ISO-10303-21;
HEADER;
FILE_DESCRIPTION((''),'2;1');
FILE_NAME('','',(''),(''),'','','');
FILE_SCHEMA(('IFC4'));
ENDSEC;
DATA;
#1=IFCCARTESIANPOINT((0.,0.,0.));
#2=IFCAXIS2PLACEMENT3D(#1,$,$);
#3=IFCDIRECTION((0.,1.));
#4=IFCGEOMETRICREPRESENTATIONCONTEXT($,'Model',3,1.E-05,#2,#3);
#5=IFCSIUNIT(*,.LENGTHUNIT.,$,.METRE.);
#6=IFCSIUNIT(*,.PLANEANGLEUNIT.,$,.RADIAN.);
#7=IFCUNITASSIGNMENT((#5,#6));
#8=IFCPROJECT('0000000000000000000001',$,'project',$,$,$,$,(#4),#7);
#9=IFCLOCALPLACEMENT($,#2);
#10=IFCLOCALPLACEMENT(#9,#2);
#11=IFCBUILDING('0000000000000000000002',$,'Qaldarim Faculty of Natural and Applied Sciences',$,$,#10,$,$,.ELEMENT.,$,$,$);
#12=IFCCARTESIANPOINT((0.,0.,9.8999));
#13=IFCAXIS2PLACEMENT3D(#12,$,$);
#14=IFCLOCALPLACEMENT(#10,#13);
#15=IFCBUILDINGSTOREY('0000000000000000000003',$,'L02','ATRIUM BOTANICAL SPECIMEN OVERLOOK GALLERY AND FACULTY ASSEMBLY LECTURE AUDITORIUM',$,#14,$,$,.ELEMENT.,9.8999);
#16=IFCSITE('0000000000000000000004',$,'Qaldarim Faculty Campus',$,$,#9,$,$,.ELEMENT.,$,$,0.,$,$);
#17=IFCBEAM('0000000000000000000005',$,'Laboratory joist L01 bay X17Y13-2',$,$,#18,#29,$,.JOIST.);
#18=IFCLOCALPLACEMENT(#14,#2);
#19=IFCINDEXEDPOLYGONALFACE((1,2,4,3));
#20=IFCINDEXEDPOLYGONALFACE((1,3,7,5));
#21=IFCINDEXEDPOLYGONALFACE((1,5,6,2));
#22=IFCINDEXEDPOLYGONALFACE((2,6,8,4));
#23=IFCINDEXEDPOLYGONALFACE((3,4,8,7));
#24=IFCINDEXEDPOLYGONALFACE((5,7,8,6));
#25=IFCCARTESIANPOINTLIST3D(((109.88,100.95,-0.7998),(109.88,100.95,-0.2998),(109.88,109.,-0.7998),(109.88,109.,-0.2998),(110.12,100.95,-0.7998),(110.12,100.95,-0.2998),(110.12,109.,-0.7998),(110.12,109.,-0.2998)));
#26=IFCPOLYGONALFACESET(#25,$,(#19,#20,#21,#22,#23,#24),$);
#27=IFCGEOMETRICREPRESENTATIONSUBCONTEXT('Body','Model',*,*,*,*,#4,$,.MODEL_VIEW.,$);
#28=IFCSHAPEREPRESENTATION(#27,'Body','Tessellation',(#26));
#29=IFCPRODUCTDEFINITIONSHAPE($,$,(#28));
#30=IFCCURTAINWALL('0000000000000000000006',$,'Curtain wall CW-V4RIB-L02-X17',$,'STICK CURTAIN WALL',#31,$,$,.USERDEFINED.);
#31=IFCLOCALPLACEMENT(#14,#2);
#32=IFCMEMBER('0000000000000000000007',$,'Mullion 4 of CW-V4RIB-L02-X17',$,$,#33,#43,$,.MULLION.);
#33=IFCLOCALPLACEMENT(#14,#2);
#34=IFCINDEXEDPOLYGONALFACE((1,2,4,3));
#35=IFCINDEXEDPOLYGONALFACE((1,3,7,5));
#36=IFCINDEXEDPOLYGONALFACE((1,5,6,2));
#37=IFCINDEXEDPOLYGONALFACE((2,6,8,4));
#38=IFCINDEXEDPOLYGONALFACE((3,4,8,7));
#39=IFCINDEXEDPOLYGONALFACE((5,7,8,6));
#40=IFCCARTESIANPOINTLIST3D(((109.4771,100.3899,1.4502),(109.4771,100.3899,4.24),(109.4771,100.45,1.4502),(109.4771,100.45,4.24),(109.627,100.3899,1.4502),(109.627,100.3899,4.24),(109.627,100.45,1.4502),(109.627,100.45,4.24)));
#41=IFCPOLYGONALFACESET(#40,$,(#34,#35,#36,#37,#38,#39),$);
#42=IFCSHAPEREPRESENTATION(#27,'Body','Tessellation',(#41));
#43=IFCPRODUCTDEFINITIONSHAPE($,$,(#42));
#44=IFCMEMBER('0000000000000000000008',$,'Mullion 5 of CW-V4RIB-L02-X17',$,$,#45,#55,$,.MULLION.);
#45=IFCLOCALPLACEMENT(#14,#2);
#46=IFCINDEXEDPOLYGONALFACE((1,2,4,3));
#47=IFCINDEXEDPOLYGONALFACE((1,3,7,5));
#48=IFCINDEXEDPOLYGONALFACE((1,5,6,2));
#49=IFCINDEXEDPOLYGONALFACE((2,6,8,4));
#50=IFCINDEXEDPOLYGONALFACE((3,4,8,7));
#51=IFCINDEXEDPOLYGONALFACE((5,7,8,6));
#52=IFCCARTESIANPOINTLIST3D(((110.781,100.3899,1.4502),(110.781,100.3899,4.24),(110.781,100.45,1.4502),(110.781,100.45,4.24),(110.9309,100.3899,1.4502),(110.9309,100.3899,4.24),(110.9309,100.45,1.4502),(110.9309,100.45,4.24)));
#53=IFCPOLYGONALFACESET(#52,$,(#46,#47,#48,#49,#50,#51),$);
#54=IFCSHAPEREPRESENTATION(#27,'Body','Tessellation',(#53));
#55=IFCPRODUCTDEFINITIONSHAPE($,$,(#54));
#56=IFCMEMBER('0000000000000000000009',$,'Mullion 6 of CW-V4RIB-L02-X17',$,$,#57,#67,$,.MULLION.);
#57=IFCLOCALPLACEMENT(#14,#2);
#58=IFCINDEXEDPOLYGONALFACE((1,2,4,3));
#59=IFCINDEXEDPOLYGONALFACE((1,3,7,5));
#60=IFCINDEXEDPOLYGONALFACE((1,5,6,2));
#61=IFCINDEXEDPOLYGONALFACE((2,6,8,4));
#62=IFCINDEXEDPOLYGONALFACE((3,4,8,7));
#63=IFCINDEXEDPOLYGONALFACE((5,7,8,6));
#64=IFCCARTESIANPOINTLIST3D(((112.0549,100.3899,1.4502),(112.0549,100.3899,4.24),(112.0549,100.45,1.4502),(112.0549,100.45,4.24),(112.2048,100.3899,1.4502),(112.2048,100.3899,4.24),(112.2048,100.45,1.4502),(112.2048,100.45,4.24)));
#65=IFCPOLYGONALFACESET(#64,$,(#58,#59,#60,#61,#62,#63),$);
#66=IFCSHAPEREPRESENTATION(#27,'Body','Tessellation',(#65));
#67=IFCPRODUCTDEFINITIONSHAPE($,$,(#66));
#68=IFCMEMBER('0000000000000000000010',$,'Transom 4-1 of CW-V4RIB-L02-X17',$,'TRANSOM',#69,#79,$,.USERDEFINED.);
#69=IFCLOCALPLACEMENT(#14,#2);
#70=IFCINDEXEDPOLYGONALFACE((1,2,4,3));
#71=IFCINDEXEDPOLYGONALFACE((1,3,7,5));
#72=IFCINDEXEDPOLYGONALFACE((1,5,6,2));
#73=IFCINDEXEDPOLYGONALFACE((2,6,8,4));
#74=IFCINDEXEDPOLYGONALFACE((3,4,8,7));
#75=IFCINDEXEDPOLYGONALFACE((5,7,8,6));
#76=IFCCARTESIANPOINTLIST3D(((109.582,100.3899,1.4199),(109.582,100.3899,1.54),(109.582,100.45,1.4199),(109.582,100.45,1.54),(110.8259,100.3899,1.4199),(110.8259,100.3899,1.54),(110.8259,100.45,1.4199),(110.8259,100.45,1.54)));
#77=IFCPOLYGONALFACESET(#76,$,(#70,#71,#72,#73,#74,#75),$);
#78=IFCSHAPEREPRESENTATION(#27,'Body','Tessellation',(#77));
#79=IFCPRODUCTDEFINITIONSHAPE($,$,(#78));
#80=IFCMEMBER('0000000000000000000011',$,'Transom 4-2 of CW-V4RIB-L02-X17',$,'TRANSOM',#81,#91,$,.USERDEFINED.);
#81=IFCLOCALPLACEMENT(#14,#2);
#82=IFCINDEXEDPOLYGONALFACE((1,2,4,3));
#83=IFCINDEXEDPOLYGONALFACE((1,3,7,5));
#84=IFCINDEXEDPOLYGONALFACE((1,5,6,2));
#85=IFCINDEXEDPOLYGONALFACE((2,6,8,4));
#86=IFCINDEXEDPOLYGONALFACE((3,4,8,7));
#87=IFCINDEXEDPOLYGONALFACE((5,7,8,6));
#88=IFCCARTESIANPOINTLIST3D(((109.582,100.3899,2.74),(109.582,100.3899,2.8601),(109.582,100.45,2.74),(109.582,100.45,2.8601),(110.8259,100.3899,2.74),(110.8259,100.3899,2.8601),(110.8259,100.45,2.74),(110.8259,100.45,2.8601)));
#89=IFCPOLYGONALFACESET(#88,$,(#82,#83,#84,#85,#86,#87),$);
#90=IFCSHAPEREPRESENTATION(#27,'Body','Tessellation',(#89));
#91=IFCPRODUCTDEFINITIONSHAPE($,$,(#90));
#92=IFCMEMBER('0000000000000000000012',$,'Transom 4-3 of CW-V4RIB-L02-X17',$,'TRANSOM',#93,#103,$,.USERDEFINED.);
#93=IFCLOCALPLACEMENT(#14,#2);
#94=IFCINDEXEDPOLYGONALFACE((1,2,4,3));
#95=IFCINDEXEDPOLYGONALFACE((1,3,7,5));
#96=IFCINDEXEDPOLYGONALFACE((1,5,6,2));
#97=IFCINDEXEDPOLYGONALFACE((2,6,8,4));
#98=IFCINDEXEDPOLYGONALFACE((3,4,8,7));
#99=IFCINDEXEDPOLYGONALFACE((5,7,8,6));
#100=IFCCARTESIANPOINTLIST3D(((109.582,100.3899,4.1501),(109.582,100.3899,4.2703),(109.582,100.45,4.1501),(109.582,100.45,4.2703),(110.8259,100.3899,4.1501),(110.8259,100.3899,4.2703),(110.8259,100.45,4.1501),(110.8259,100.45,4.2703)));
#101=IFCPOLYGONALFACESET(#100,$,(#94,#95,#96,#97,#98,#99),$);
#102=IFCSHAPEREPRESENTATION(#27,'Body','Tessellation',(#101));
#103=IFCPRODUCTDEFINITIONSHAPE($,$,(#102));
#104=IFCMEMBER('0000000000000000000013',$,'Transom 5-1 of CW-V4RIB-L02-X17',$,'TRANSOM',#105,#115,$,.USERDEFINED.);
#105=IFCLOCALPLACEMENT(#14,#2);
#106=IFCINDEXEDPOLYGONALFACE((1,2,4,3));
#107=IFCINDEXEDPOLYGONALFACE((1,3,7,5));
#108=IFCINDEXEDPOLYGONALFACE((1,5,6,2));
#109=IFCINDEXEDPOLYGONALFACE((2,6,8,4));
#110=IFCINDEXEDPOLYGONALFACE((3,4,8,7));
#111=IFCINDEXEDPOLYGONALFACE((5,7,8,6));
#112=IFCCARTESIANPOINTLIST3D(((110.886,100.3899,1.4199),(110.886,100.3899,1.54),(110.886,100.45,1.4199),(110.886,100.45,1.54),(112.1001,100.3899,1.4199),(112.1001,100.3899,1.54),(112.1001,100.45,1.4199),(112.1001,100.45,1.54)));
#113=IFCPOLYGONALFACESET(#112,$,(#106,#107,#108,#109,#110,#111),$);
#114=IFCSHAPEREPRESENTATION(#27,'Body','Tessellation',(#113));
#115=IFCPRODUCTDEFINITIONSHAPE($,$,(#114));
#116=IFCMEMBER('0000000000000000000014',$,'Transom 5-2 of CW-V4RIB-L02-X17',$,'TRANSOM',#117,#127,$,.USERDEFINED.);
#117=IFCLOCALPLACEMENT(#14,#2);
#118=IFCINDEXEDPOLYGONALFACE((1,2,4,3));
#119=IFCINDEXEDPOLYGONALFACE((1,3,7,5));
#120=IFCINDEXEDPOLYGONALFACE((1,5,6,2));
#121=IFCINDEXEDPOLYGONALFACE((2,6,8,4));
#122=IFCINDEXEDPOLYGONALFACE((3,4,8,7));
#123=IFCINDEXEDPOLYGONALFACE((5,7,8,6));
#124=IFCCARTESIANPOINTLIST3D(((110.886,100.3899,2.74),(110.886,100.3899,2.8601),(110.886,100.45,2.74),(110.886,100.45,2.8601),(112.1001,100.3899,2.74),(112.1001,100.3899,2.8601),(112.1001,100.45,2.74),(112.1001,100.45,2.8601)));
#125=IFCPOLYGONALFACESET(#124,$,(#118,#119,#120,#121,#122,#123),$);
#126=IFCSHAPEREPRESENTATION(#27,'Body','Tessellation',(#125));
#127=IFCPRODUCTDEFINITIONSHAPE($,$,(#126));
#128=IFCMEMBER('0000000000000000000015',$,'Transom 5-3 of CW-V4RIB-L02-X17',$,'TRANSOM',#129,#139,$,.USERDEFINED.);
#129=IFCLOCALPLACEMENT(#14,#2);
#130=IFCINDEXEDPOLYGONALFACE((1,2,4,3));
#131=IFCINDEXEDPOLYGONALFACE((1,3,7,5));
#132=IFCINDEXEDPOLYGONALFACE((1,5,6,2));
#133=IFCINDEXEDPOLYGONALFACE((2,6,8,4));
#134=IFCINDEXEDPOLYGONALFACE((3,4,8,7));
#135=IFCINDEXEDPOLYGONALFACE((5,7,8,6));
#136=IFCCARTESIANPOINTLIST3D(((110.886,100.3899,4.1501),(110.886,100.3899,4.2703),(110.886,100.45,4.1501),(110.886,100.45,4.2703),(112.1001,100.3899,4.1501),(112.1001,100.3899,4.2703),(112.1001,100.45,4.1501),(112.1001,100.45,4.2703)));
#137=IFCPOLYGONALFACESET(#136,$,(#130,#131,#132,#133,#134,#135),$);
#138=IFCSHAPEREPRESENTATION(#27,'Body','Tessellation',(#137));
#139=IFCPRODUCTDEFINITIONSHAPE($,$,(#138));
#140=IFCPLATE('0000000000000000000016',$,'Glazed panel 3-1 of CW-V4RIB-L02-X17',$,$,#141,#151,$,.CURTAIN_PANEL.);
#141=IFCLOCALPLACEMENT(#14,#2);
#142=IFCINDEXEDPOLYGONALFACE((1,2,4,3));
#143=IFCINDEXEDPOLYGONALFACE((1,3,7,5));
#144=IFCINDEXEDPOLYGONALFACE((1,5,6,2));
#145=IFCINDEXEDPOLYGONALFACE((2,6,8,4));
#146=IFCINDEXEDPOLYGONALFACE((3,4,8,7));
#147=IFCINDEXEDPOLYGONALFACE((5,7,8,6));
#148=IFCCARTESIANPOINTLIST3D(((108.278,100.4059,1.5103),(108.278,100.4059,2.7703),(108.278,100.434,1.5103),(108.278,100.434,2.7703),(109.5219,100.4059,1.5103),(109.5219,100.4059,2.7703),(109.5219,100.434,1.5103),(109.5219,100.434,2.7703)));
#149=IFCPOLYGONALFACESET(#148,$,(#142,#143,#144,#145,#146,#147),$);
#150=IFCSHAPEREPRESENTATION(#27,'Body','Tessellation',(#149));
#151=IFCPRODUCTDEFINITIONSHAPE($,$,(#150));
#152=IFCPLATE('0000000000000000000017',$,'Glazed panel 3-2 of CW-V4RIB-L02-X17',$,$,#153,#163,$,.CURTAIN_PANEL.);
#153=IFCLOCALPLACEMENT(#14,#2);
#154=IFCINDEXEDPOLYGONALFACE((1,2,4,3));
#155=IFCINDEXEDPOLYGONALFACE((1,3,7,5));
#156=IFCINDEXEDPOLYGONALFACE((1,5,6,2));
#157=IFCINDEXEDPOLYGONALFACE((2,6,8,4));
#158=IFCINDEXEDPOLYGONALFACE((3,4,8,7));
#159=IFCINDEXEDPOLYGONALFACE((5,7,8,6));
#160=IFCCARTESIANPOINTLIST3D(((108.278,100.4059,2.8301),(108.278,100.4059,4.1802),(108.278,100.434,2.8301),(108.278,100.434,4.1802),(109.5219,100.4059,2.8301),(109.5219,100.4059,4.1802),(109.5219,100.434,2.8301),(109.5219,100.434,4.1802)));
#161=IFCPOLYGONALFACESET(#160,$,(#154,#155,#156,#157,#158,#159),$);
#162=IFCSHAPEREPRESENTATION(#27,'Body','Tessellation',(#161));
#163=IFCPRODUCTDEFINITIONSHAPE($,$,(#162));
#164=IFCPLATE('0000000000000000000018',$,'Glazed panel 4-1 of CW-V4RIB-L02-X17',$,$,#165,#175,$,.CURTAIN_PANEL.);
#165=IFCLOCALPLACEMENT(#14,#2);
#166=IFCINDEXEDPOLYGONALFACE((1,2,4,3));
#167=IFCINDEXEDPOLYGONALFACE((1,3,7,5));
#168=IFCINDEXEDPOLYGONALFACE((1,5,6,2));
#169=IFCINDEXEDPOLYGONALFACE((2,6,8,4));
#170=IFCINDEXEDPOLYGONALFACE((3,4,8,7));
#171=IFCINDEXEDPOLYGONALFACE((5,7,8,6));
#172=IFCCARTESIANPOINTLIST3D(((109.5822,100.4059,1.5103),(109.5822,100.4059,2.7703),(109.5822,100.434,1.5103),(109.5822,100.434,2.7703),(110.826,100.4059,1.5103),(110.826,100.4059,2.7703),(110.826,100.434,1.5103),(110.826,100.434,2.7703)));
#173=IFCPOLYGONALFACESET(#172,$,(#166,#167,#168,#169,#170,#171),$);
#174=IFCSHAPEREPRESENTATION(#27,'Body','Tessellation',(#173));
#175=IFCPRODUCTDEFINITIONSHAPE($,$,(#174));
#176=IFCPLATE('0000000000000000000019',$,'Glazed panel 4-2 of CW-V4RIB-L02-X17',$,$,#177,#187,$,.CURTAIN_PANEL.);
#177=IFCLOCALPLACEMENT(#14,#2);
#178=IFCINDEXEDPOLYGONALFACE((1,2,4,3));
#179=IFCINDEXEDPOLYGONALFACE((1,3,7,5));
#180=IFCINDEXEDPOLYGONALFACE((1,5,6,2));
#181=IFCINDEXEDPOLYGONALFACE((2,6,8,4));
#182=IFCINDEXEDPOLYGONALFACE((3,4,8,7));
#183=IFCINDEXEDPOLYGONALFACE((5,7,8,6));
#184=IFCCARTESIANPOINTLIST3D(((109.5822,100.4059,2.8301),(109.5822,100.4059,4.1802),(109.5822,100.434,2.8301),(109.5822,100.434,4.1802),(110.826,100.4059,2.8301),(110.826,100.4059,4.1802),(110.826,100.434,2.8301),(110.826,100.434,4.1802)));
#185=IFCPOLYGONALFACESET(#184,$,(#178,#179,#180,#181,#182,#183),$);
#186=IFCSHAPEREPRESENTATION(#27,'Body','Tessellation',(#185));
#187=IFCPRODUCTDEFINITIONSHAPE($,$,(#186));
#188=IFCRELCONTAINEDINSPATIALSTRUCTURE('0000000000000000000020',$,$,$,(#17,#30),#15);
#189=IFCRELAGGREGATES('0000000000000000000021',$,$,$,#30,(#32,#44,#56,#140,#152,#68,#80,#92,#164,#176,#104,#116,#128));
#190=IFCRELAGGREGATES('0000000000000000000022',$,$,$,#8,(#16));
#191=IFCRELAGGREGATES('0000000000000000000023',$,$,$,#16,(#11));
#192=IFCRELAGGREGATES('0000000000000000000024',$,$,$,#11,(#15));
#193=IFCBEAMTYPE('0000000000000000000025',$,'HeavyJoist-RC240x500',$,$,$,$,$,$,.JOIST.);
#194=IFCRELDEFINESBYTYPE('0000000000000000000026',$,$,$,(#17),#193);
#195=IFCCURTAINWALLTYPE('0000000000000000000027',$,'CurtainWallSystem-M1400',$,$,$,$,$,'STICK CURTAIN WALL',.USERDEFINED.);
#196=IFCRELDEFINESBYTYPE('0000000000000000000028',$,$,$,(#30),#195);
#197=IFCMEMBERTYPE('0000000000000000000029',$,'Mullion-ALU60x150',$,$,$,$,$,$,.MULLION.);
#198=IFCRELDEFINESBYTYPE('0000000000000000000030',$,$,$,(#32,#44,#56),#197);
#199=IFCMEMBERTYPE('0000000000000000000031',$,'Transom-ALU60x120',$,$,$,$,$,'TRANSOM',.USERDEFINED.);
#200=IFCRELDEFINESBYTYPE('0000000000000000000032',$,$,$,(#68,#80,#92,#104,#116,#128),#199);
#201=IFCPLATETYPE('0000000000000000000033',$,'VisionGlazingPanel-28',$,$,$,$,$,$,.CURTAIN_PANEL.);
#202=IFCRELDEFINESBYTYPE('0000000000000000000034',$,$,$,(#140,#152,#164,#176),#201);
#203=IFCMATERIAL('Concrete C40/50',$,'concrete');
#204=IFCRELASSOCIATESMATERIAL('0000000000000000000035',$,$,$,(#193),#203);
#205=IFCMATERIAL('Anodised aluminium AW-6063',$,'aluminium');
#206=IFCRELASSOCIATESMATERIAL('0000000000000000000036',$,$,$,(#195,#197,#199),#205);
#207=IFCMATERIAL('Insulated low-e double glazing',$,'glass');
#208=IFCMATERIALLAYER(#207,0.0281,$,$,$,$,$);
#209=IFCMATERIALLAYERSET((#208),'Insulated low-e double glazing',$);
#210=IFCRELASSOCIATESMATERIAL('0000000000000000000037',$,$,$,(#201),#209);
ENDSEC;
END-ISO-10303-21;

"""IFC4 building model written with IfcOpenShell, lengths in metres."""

from ifc_helpers import new_model, si_unit, direction, frame, origin, origin_2d, place, context, subcontext, project, spatial, rectangle, extrude, material, layer, layer_set, material_profile, profile_set, type_object, element, aggregate, save


model = new_model("IFC4")

# Units and contexts
model_context = context("Model", 3, precision=1e-05, world=origin(), true_north=direction((0.0, 1.0)))
body_context = subcontext(model_context, "Body", "Model", "MODEL_VIEW")
ifc_project = project(units=[si_unit("LENGTHUNIT", "METRE"), si_unit("PLANEANGLEUNIT", "RADIAN")], contexts=[model_context])

# Site, building, storey
site_placement = place(None, origin())
site = spatial("IfcSite", under=ifc_project, at=site_placement, Name="Qaldarim Faculty Campus", CompositionType="ELEMENT", RefElevation=0.0)
building_placement = place(site_placement, origin())
building = spatial("IfcBuilding", under=site, at=building_placement, Name="Qaldarim Faculty of Natural and Applied Sciences", CompositionType="ELEMENT")
storey_placement = place(building_placement, frame((0.0, 0.0, 9.8999)))
storey = spatial("IfcBuildingStorey", under=building, at=storey_placement, Name="L02", Description="ATRIUM BOTANICAL SPECIMEN OVERLOOK GALLERY AND FACULTY ASSEMBLY LECTURE AUDITORIUM", CompositionType="ELEMENT", Elevation=9.8999)

# Beam
ifc_material_1 = material(Name="Concrete C40/50", Category="concrete")
ifc_material_profile_1 = material_profile(ifc_material_1, rectangle(XDim=0.24, YDim=0.5, at=origin_2d()), Name="RC-J240x500")
ifc_profile_set_1 = profile_set([ifc_material_profile_1], Name="Concrete C40/50")
beam_type = type_object("IfcBeamType", Name="HeavyJoist-RC240x500", PredefinedType="JOIST", material=ifc_profile_set_1)
beam_placement = place(storey_placement, frame((110.0, 100.95, -0.5498), z_axis=(0.0, 1.0, 0.0), x_axis=(-1.0, 0.0, 0.0)))
element("IfcBeam", 1, at=beam_placement, inside=storey, type_object=beam_type, Name="Laboratory joist L01 bay X17Y13-2", PredefinedType="JOIST", context=body_context, shape_type="SweptSolid", body=[
    extrude(rectangle(XDim=0.24, YDim=0.5, at=origin_2d()), origin(), (0.0, 0.0, 1.0), 8.05),
])

# Curtain wall, members, plates
ifc_material_2 = material(Name="Anodised aluminium AW-6063", Category="aluminium")
curtain_wall_type = type_object("IfcCurtainWallType", Name="CurtainWallSystem-M1400", ElementType="STICK CURTAIN WALL", PredefinedType="USERDEFINED", material=ifc_material_2)
curtain_wall_placement = place(storey_placement, origin())
curtain_wall = element("IfcCurtainWall", 2, at=curtain_wall_placement, inside=storey, type_object=curtain_wall_type, Name="Curtain wall CW-V4RIB-L02-X17", ObjectType="STICK CURTAIN WALL", PredefinedType="USERDEFINED")
ifc_material_profile_2 = material_profile(ifc_material_2, rectangle(XDim=0.0601, YDim=0.1499, at=origin_2d()), Name="ALU-M60x150")
ifc_profile_set_2 = profile_set([ifc_material_profile_2], Name="Anodised aluminium AW-6063")
member_type_1 = type_object("IfcMemberType", Name="Mullion-ALU60x150", PredefinedType="MULLION", material=ifc_profile_set_2)
member_1_placement = place(storey_placement, frame((109.552, 100.4199, 1.4502), z_axis=(0.0, 0.0, 1.0), x_axis=(0.0, 1.0, 0.0)))
member_1 = element("IfcMember", 3, at=member_1_placement, type_object=member_type_1, Name="Mullion 4 of CW-V4RIB-L02-X17", PredefinedType="MULLION", context=body_context, shape_type="SweptSolid", body=[
    extrude(rectangle(XDim=0.0601, YDim=0.1499, at=origin_2d()), origin(), (0.0, 0.0, 1.0), 2.7898),
])
member_2_placement = place(storey_placement, frame((110.856, 100.4199, 1.4502), z_axis=(0.0, 0.0, 1.0), x_axis=(0.0, 1.0, 0.0)))
member_2 = element("IfcMember", 4, at=member_2_placement, type_object=member_type_1, Name="Mullion 5 of CW-V4RIB-L02-X17", PredefinedType="MULLION", context=body_context, shape_type="SweptSolid", body=[
    extrude(rectangle(XDim=0.0601, YDim=0.1499, at=origin_2d()), origin(), (0.0, 0.0, 1.0), 2.7898),
])
member_3_placement = place(storey_placement, frame((112.1299, 100.4199, 1.4502), z_axis=(0.0, 0.0, 1.0), x_axis=(0.0, 1.0, 0.0)))
member_3 = element("IfcMember", 5, at=member_3_placement, type_object=member_type_1, Name="Mullion 6 of CW-V4RIB-L02-X17", PredefinedType="MULLION", context=body_context, shape_type="SweptSolid", body=[
    extrude(rectangle(XDim=0.0601, YDim=0.1499, at=origin_2d()), origin(), (0.0, 0.0, 1.0), 2.7898),
])
ifc_material_profile_3 = material_profile(ifc_material_2, rectangle(XDim=0.0601, YDim=0.1201, at=origin_2d()), Name="ALU-T60x120")
ifc_profile_set_3 = profile_set([ifc_material_profile_3], Name="Anodised aluminium AW-6063")
member_type_2 = type_object("IfcMemberType", Name="Transom-ALU60x120", ElementType="TRANSOM", PredefinedType="USERDEFINED", material=ifc_profile_set_3)
member_4_placement = place(storey_placement, frame((109.582, 100.4199, 1.48), z_axis=(1.0, 0.0, 0.0), x_axis=(0.0, 1.0, 0.0)))
member_4 = element("IfcMember", 6, at=member_4_placement, type_object=member_type_2, Name="Transom 4-1 of CW-V4RIB-L02-X17", ObjectType="TRANSOM", PredefinedType="USERDEFINED", context=body_context, shape_type="SweptSolid", body=[
    extrude(rectangle(XDim=0.0601, YDim=0.1201, at=origin_2d()), origin(), (0.0, 0.0, 1.0), 1.2439),
])
member_5_placement = place(storey_placement, frame((109.582, 100.4199, 2.8), z_axis=(1.0, 0.0, 0.0), x_axis=(0.0, 1.0, 0.0)))
member_5 = element("IfcMember", 7, at=member_5_placement, type_object=member_type_2, Name="Transom 4-2 of CW-V4RIB-L02-X17", ObjectType="TRANSOM", PredefinedType="USERDEFINED", context=body_context, shape_type="SweptSolid", body=[
    extrude(rectangle(XDim=0.0601, YDim=0.1201, at=origin_2d()), origin(), (0.0, 0.0, 1.0), 1.2439),
])
member_6_placement = place(storey_placement, frame((109.582, 100.4199, 4.2102), z_axis=(1.0, 0.0, 0.0), x_axis=(0.0, 1.0, 0.0)))
member_6 = element("IfcMember", 8, at=member_6_placement, type_object=member_type_2, Name="Transom 4-3 of CW-V4RIB-L02-X17", ObjectType="TRANSOM", PredefinedType="USERDEFINED", context=body_context, shape_type="SweptSolid", body=[
    extrude(rectangle(XDim=0.0601, YDim=0.1201, at=origin_2d()), origin(), (0.0, 0.0, 1.0), 1.2439),
])
member_7_placement = place(storey_placement, frame((110.886, 100.4199, 1.48), z_axis=(1.0, 0.0, 0.0), x_axis=(0.0, 1.0, 0.0)))
member_7 = element("IfcMember", 9, at=member_7_placement, type_object=member_type_2, Name="Transom 5-1 of CW-V4RIB-L02-X17", ObjectType="TRANSOM", PredefinedType="USERDEFINED", context=body_context, shape_type="SweptSolid", body=[
    extrude(rectangle(XDim=0.0601, YDim=0.1201, at=origin_2d()), origin(), (0.0, 0.0, 1.0), 1.2141),
])
member_8_placement = place(storey_placement, frame((110.886, 100.4199, 2.8), z_axis=(1.0, 0.0, 0.0), x_axis=(0.0, 1.0, 0.0)))
member_8 = element("IfcMember", 10, at=member_8_placement, type_object=member_type_2, Name="Transom 5-2 of CW-V4RIB-L02-X17", ObjectType="TRANSOM", PredefinedType="USERDEFINED", context=body_context, shape_type="SweptSolid", body=[
    extrude(rectangle(XDim=0.0601, YDim=0.1201, at=origin_2d()), origin(), (0.0, 0.0, 1.0), 1.2141),
])
member_9_placement = place(storey_placement, frame((110.886, 100.4199, 4.2102), z_axis=(1.0, 0.0, 0.0), x_axis=(0.0, 1.0, 0.0)))
member_9 = element("IfcMember", 11, at=member_9_placement, type_object=member_type_2, Name="Transom 5-3 of CW-V4RIB-L02-X17", ObjectType="TRANSOM", PredefinedType="USERDEFINED", context=body_context, shape_type="SweptSolid", body=[
    extrude(rectangle(XDim=0.0601, YDim=0.1201, at=origin_2d()), origin(), (0.0, 0.0, 1.0), 1.2141),
])
ifc_material_3 = material(Name="Insulated low-e double glazing", Category="glass")
ifc_layer_1 = layer(ifc_material_3, 0.0281)
ifc_layer_set_1 = layer_set([ifc_layer_1], Name="Insulated low-e double glazing")
plate_type = type_object("IfcPlateType", Name="VisionGlazingPanel-28", PredefinedType="CURTAIN_PANEL", material=ifc_layer_set_1)
plate_1_placement = place(storey_placement, frame((108.8999, 100.4199, 1.5103), z_axis=(0.0, 0.0, 1.0), x_axis=(1.0, 0.0, 0.0)))
plate_1 = element("IfcPlate", 12, at=plate_1_placement, type_object=plate_type, Name="Glazed panel 3-1 of CW-V4RIB-L02-X17", PredefinedType="CURTAIN_PANEL", context=body_context, shape_type="SweptSolid", body=[
    extrude(rectangle(XDim=1.2439, YDim=0.0281, at=origin_2d()), origin(), (0.0, 0.0, 1.0), 1.26),
])
plate_2_placement = place(storey_placement, frame((108.8999, 100.4199, 2.8301), z_axis=(0.0, 0.0, 1.0), x_axis=(1.0, 0.0, 0.0)))
plate_2 = element("IfcPlate", 13, at=plate_2_placement, type_object=plate_type, Name="Glazed panel 3-2 of CW-V4RIB-L02-X17", PredefinedType="CURTAIN_PANEL", context=body_context, shape_type="SweptSolid", body=[
    extrude(rectangle(XDim=1.2439, YDim=0.0281, at=origin_2d()), origin(), (0.0, 0.0, 1.0), 1.3501),
])
plate_3_placement = place(storey_placement, frame((110.2041, 100.4199, 1.5103), z_axis=(0.0, 0.0, 1.0), x_axis=(1.0, 0.0, 0.0)))
plate_3 = element("IfcPlate", 14, at=plate_3_placement, type_object=plate_type, Name="Glazed panel 4-1 of CW-V4RIB-L02-X17", PredefinedType="CURTAIN_PANEL", context=body_context, shape_type="SweptSolid", body=[
    extrude(rectangle(XDim=1.2439, YDim=0.0281, at=origin_2d()), origin(), (0.0, 0.0, 1.0), 1.26),
])
plate_4_placement = place(storey_placement, frame((110.2041, 100.4199, 2.8301), z_axis=(0.0, 0.0, 1.0), x_axis=(1.0, 0.0, 0.0)))
plate_4 = element("IfcPlate", 15, at=plate_4_placement, type_object=plate_type, Name="Glazed panel 4-2 of CW-V4RIB-L02-X17", PredefinedType="CURTAIN_PANEL", context=body_context, shape_type="SweptSolid", body=[
    extrude(rectangle(XDim=1.2439, YDim=0.0281, at=origin_2d()), origin(), (0.0, 0.0, 1.0), 1.3501),
])
aggregate(curtain_wall, [member_1, member_2, member_3, plate_1, plate_2, member_4, member_5, member_6, plate_3, plate_4, member_7, member_8, member_9])

save(model, "model.ifc")
